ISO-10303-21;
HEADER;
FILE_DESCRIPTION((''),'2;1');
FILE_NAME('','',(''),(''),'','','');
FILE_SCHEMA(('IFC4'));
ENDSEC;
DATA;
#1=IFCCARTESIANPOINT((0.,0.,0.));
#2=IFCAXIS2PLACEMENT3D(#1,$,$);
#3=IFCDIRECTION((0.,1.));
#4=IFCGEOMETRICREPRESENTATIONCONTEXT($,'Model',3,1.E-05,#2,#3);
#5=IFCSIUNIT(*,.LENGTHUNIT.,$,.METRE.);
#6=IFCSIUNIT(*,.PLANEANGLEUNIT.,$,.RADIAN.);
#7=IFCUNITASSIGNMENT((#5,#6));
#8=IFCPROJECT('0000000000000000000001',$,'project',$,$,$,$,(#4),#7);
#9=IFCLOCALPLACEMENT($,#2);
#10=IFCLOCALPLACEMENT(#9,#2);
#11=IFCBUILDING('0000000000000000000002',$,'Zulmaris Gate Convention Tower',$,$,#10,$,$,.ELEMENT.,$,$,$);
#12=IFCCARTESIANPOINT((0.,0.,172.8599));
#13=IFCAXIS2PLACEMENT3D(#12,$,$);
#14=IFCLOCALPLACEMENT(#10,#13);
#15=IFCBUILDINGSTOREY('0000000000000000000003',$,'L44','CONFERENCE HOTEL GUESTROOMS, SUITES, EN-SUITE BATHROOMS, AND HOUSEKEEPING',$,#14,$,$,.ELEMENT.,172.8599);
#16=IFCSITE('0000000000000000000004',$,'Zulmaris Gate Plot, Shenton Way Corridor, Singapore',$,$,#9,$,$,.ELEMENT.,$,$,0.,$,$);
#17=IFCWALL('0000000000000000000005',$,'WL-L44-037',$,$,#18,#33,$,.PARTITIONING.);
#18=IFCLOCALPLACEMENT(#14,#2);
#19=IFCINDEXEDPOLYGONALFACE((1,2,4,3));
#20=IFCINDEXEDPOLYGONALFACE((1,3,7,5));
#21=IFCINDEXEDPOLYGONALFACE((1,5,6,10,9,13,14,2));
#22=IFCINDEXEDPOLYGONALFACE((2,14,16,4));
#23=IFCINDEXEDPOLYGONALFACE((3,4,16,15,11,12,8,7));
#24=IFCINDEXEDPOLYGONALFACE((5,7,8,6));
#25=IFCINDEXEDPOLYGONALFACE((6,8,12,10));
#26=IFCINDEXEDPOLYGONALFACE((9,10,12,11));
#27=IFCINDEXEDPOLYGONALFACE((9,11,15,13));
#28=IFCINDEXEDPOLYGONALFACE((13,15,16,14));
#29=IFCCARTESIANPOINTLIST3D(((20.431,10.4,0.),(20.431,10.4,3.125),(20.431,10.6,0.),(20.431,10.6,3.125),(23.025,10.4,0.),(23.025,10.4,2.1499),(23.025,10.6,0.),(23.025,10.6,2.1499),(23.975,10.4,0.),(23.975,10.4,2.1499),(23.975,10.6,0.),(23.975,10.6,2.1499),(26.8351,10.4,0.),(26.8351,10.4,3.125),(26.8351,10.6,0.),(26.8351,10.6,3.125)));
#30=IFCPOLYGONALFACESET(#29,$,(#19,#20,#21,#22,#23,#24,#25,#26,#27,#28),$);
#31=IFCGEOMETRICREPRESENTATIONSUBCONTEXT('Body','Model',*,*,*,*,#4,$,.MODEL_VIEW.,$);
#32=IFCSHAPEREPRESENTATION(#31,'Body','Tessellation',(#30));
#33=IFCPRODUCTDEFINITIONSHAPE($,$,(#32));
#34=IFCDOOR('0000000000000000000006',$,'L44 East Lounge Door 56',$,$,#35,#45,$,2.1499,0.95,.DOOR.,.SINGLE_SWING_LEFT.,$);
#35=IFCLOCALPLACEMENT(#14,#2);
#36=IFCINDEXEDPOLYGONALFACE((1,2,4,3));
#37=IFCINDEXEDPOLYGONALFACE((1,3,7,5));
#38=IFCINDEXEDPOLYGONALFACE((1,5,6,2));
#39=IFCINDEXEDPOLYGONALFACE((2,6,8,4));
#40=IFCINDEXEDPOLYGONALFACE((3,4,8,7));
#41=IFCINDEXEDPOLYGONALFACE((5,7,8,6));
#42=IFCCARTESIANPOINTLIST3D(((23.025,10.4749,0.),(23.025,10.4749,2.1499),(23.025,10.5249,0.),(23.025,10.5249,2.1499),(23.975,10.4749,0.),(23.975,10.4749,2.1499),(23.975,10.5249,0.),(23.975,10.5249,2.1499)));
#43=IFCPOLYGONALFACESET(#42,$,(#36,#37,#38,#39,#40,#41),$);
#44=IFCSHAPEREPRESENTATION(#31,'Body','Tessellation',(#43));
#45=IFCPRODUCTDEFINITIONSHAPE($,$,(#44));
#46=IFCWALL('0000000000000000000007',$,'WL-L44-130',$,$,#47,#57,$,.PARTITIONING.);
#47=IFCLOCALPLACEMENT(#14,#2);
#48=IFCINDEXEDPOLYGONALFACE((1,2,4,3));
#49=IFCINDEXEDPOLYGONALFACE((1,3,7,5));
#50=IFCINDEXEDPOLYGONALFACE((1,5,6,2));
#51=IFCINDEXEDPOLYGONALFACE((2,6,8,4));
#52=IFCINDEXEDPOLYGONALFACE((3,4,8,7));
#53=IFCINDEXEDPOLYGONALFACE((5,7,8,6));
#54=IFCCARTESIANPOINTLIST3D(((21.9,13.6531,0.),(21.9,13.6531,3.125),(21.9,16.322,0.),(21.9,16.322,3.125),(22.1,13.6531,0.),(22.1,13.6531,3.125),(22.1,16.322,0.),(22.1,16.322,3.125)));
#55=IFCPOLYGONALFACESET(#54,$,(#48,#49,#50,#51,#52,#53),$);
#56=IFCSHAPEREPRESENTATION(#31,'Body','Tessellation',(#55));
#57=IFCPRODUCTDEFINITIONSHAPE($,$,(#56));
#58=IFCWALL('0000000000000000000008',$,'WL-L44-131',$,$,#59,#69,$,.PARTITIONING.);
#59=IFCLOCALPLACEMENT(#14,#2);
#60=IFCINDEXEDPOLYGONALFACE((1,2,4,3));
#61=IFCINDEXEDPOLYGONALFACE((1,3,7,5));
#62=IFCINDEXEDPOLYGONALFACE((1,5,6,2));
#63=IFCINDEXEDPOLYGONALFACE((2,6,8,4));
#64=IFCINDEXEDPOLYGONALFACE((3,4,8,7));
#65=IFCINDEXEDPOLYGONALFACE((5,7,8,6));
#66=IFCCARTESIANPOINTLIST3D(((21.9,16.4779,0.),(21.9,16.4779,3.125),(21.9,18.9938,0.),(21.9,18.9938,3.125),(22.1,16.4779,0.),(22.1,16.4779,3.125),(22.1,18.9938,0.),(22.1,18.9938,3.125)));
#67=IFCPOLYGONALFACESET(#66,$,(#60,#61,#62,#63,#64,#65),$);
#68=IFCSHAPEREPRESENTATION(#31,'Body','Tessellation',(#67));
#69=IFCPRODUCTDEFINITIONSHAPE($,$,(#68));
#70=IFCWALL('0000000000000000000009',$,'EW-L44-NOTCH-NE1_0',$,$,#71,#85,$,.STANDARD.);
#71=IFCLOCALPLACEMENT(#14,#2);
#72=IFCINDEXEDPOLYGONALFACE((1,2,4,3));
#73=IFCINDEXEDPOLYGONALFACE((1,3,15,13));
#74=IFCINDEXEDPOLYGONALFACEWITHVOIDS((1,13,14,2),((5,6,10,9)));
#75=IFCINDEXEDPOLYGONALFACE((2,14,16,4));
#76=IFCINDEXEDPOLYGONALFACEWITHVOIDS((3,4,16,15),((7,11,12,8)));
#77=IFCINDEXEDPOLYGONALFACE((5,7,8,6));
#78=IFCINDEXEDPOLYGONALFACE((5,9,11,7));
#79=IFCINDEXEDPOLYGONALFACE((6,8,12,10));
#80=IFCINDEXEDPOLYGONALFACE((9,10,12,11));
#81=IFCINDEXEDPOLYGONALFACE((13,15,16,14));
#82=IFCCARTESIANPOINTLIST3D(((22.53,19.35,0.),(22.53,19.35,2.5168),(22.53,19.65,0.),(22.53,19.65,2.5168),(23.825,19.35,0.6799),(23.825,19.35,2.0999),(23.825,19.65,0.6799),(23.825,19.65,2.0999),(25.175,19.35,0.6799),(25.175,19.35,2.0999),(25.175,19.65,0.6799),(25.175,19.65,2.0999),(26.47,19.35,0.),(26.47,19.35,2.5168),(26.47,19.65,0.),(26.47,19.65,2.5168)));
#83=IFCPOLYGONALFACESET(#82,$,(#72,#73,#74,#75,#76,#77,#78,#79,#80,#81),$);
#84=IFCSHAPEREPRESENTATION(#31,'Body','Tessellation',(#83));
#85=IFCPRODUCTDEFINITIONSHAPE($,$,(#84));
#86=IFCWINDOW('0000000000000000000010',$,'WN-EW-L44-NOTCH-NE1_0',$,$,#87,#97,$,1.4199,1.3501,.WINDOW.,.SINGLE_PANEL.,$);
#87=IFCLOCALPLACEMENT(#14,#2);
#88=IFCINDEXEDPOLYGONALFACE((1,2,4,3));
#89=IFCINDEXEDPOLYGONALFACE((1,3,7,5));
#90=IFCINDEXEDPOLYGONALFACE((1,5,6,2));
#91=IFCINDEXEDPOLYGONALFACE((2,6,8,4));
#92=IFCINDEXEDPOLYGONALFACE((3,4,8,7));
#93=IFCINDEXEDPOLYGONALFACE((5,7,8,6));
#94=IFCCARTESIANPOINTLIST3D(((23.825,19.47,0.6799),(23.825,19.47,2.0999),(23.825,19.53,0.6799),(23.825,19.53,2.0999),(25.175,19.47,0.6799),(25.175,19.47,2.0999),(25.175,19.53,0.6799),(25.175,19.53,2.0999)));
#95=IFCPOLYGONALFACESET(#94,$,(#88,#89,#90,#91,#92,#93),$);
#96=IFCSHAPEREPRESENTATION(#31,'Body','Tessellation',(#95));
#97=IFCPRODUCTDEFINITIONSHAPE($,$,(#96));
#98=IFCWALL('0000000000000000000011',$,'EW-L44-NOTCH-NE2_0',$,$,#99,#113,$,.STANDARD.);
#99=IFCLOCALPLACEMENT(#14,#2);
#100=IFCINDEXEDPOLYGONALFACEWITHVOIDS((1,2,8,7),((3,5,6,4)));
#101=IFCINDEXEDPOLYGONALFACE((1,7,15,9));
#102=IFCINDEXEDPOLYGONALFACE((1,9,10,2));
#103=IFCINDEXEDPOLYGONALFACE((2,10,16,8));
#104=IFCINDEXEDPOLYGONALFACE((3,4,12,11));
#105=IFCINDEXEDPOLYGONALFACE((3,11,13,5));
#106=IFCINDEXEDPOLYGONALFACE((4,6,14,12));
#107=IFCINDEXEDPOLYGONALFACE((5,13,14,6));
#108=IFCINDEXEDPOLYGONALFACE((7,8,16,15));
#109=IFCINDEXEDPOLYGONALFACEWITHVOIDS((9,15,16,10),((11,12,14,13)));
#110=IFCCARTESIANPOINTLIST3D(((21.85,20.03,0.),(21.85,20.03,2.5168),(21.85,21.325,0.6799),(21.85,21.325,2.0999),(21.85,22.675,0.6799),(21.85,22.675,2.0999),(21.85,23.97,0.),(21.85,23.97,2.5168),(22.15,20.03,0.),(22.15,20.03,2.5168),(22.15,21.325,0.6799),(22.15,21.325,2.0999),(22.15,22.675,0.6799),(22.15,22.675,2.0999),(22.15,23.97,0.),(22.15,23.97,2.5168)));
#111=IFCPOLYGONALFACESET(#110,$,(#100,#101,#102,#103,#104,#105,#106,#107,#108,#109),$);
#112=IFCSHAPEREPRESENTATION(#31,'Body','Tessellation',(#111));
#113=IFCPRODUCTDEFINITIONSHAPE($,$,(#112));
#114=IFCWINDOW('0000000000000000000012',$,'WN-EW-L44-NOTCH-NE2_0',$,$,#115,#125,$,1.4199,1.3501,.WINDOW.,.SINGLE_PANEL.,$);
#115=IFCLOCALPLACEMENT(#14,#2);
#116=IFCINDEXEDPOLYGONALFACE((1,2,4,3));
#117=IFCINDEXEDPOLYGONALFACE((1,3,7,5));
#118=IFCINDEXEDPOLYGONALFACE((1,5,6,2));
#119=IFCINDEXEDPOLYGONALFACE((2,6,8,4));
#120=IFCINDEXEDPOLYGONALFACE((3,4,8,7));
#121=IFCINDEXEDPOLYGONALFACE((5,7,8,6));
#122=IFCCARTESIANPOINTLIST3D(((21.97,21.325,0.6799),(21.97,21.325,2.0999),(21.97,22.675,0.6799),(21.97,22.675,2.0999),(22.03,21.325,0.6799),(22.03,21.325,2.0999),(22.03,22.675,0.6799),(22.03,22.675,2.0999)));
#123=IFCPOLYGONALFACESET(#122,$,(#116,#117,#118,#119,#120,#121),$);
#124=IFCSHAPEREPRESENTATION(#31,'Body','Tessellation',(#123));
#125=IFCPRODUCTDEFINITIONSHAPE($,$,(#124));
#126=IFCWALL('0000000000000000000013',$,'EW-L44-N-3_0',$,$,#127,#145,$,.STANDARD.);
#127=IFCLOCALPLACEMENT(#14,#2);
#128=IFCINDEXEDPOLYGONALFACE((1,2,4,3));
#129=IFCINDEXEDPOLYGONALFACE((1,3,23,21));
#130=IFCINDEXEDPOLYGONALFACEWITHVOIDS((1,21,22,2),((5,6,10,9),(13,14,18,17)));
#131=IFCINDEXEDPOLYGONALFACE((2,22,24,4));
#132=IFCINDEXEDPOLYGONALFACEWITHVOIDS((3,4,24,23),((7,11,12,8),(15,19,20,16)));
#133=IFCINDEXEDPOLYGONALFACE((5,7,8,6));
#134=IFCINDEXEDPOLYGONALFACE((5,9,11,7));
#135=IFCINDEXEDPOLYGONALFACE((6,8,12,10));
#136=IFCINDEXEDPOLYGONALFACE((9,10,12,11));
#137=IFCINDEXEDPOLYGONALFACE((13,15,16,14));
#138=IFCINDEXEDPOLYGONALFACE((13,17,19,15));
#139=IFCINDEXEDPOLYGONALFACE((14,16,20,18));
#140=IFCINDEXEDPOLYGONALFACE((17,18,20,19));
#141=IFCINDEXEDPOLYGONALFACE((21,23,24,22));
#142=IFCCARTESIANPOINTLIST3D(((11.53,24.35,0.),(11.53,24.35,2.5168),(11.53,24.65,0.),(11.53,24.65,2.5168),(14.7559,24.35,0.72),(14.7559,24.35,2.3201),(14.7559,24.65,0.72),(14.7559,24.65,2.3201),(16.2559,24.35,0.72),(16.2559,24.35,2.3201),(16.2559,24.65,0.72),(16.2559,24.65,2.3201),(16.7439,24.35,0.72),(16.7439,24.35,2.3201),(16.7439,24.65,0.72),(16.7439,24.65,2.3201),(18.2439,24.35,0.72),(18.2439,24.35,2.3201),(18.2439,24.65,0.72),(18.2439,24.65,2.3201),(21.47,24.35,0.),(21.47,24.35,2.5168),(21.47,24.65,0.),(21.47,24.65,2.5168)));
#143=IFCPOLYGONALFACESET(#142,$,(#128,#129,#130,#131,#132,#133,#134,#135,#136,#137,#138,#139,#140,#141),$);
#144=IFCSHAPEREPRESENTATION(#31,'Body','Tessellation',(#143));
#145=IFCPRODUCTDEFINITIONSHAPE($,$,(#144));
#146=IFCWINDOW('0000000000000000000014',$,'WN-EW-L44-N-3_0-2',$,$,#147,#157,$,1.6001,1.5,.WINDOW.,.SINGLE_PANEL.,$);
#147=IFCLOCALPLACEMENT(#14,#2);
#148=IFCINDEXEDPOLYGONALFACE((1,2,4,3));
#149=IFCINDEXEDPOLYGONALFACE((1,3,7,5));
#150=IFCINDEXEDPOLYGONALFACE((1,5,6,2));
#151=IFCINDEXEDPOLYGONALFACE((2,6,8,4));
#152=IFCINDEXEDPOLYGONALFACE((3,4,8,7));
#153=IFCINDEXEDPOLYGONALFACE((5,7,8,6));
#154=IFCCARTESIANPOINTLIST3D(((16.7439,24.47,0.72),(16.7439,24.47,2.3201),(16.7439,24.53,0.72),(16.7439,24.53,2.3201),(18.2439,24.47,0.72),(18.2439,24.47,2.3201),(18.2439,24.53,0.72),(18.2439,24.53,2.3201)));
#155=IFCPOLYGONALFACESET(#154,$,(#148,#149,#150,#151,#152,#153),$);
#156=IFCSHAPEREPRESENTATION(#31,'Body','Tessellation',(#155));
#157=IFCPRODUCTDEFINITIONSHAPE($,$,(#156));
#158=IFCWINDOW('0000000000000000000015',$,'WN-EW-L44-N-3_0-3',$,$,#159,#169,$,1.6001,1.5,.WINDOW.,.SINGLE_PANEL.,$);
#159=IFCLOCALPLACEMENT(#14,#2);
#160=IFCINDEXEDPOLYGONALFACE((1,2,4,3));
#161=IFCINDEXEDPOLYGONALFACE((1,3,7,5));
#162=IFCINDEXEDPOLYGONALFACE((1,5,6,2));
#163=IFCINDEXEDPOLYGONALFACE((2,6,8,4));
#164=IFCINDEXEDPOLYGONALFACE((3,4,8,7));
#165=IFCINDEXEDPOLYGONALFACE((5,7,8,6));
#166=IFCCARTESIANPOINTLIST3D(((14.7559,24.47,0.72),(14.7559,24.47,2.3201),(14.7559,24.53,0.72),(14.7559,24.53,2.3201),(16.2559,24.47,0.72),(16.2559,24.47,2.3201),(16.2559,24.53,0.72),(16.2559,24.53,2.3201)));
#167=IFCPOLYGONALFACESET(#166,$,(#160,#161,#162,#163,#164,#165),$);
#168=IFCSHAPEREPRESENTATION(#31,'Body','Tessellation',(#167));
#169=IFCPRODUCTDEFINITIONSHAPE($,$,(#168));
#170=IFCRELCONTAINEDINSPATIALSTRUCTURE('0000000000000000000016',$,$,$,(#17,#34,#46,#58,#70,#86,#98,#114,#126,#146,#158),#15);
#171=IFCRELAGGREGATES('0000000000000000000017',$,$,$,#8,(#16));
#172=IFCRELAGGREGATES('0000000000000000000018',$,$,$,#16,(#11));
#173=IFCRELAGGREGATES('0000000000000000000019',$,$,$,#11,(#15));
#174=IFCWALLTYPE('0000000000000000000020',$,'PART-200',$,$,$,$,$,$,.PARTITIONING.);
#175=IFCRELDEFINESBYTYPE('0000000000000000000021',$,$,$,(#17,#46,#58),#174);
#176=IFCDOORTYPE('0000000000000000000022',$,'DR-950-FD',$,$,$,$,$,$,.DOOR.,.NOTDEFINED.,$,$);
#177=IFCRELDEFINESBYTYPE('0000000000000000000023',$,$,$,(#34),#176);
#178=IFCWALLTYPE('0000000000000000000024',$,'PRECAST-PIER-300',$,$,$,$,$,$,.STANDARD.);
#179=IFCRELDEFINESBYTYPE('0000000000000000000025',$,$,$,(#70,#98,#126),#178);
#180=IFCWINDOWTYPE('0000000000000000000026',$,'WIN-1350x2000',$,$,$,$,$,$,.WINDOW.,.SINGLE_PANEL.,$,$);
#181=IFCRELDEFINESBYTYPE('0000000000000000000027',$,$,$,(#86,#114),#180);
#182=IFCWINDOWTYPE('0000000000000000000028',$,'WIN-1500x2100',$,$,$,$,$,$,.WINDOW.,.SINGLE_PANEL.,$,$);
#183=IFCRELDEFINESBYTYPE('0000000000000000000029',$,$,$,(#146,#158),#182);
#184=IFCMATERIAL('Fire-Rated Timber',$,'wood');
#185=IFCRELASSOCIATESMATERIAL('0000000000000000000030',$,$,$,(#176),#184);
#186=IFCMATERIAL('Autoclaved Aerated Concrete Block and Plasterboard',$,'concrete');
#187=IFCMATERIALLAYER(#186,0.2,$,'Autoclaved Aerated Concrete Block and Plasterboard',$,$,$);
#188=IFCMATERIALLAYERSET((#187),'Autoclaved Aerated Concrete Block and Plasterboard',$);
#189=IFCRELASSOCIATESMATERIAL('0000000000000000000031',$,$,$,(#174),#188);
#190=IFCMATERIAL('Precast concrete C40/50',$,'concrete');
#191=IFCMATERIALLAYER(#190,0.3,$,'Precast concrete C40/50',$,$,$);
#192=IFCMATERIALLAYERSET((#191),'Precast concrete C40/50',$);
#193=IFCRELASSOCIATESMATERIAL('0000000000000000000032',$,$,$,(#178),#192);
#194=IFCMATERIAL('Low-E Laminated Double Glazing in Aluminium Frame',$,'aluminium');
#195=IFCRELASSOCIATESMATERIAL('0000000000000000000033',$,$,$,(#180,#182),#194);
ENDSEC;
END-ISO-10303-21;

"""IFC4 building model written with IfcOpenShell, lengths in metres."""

from ifc_helpers import new_model, si_unit, direction, frame, frame_2d, origin, place, context, subcontext, project, spatial, rectangle, extrude, material, layer, layer_set, type_object, element, fill, save


model = new_model("IFC4")

# Units and contexts
model_context = context("Model", 3, precision=1e-05, world=origin(), true_north=direction((0.0, 1.0)))
body_context = subcontext(model_context, "Body", "Model", "MODEL_VIEW")
ifc_project = project(units=[si_unit("LENGTHUNIT", "METRE"), si_unit("PLANEANGLEUNIT", "RADIAN")], contexts=[model_context])

# Site, building, storey
site_placement = place(None, origin())
site = spatial("IfcSite", under=ifc_project, at=site_placement, Name="Zulmaris Gate Plot, Shenton Way Corridor, Singapore", CompositionType="ELEMENT", RefElevation=0.0)
building_placement = place(site_placement, origin())
building = spatial("IfcBuilding", under=site, at=building_placement, Name="Zulmaris Gate Convention Tower", CompositionType="ELEMENT")
storey_placement = place(building_placement, frame((0.0, 0.0, 172.8599)))
storey = spatial("IfcBuildingStorey", under=building, at=storey_placement, Name="L44", Description="CONFERENCE HOTEL GUESTROOMS, SUITES, EN-SUITE BATHROOMS, AND HOUSEKEEPING", CompositionType="ELEMENT", Elevation=172.8599)

# Wall, opening, door
ifc_material_1 = material(Name="Fire-Rated Timber", Category="wood")
door_type_1 = type_object("IfcDoorType", Name="DR-950-FD", OperationType="NOTDEFINED", PredefinedType="DOOR", material=ifc_material_1)
ifc_material_2 = material(Name="Autoclaved Aerated Concrete Block and Plasterboard", Category="concrete")
ifc_layer_1 = layer(ifc_material_2, 0.2, Name="Autoclaved Aerated Concrete Block and Plasterboard")
ifc_layer_set_1 = layer_set([ifc_layer_1], Name="Autoclaved Aerated Concrete Block and Plasterboard")
wall_type_1 = type_object("IfcWallType", Name="PART-200", PredefinedType="PARTITIONING", material=ifc_layer_set_1)
wall_1_placement = place(storey_placement, frame((20.4309, 10.5, 0.0), z_axis=(0.0, 0.0, 1.0), x_axis=(1.0, 0.0, 0.0)))
wall_1 = element("IfcWall", 1, at=wall_1_placement, inside=storey, type_object=wall_type_1, Name="WL-L44-037", PredefinedType="PARTITIONING", context=body_context, shape_type="SweptSolid", body=[
    extrude(rectangle(XDim=6.4041, YDim=0.2, at=frame_2d((3.2021, 0.0))), origin(), (0.0, 0.0, 1.0), 3.125),
])
opening_1_placement = place(wall_1_placement, frame((2.594, 0.0, 0.0)))
opening_1 = element("IfcOpeningElement", 2, at=opening_1_placement, cuts=wall_1, PredefinedType="OPENING", context=body_context, shape_type="SweptSolid", body=[
    extrude(rectangle(XDim=0.95, YDim=2.1499, at=frame_2d((0.4751, 1.075))), frame((0.0, 0.1099, 0.0), z_axis=(0.0, -1.0, 0.0), x_axis=(1.0, 0.0, 0.0)), (0.0, 0.0, 1.0), 0.22),
])
door_1_placement = place(opening_1_placement, origin())
door_1 = element("IfcDoor", 3, at=door_1_placement, inside=storey, type_object=door_type_1, Name="L44 East Lounge Door 56", OperationType="SINGLE_SWING_LEFT", OverallHeight=2.1499, OverallWidth=0.95, PredefinedType="DOOR", context=body_context, shape_type="SweptSolid", body=[
    extrude(rectangle(XDim=0.95, YDim=2.1499, at=frame_2d((0.4751, 1.075))), frame((0.0, 0.0249, 0.0), z_axis=(0.0, -1.0, 0.0), x_axis=(1.0, 0.0, 0.0)), (0.0, 0.0, 1.0), 0.05),
])
fill(opening_1, door_1)

# Walls
wall_2_placement = place(storey_placement, frame((22.0, 13.6531, 0.0), z_axis=(0.0, 0.0, 1.0), x_axis=(0.0, 1.0, 0.0)))
element("IfcWall", 4, at=wall_2_placement, inside=storey, type_object=wall_type_1, Name="WL-L44-130", PredefinedType="PARTITIONING", context=body_context, shape_type="SweptSolid", body=[
    extrude(rectangle(XDim=2.6689, YDim=0.2, at=frame_2d((1.3345, 0.0))), origin(), (0.0, 0.0, 1.0), 3.125),
])
wall_3_placement = place(storey_placement, frame((22.0, 16.478, 0.0), z_axis=(0.0, 0.0, 1.0), x_axis=(0.0, 1.0, 0.0)))
element("IfcWall", 5, at=wall_3_placement, inside=storey, type_object=wall_type_1, Name="WL-L44-131", PredefinedType="PARTITIONING", context=body_context, shape_type="SweptSolid", body=[
    extrude(rectangle(XDim=2.5159, YDim=0.2, at=frame_2d((1.2578, 0.0))), origin(), (0.0, 0.0, 1.0), 3.125),
])

# Walls, openings, windows
ifc_material_3 = material(Name="Precast concrete C40/50", Category="concrete")
ifc_layer_2 = layer(ifc_material_3, 0.3, Name="Precast concrete C40/50")
ifc_layer_set_2 = layer_set([ifc_layer_2], Name="Precast concrete C40/50")
wall_type_2 = type_object("IfcWallType", Name="PRECAST-PIER-300", PredefinedType="STANDARD", material=ifc_layer_set_2)
wall_4_placement = place(storey_placement, frame((26.47, 19.5, 0.0), z_axis=(0.0, 0.0, 1.0), x_axis=(-1.0, 0.0, 0.0)))
wall_4 = element("IfcWall", 6, at=wall_4_placement, inside=storey, type_object=wall_type_2, Name="EW-L44-NOTCH-NE1_0", PredefinedType="STANDARD", context=body_context, shape_type="SweptSolid", body=[
    extrude(rectangle(XDim=3.9399, YDim=0.3, at=frame_2d((1.97, 0.0))), origin(), (0.0, 0.0, 1.0), 2.5168),
])
opening_2_placement = place(wall_4_placement, frame((1.2949, 0.0, 0.6799)))
opening_2 = element("IfcOpeningElement", 7, at=opening_2_placement, cuts=wall_4, PredefinedType="OPENING", context=body_context, shape_type="SweptSolid", body=[
    extrude(rectangle(XDim=1.3501, YDim=1.4199, at=frame_2d((0.675, 0.71))), frame((0.0, 0.1602, 0.0), z_axis=(0.0, -1.0, 0.0), x_axis=(1.0, 0.0, 0.0)), (0.0, 0.0, 1.0), 0.3201),
])
ifc_material_4 = material(Name="Low-E Laminated Double Glazing in Aluminium Frame", Category="aluminium")
window_type_1 = type_object("IfcWindowType", Name="WIN-1350x2000", PartitioningType="SINGLE_PANEL", PredefinedType="WINDOW", material=ifc_material_4)
window_1_placement = place(opening_2_placement, origin())
window_1 = element("IfcWindow", 8, at=window_1_placement, inside=storey, type_object=window_type_1, Name="WN-EW-L44-NOTCH-NE1_0", OverallHeight=1.4199, OverallWidth=1.3501, PartitioningType="SINGLE_PANEL", PredefinedType="WINDOW", context=body_context, shape_type="SweptSolid", body=[
    extrude(rectangle(XDim=1.3501, YDim=1.4199, at=frame_2d((0.675, 0.71))), frame((0.0, 0.03, 0.0), z_axis=(0.0, -1.0, 0.0), x_axis=(1.0, 0.0, 0.0)), (0.0, 0.0, 1.0), 0.0601),
])
fill(opening_2, window_1)
wall_5_placement = place(storey_placement, frame((22.0, 20.03, 0.0), z_axis=(0.0, 0.0, 1.0), x_axis=(0.0, 1.0, 0.0)))
wall_5 = element("IfcWall", 9, at=wall_5_placement, inside=storey, type_object=wall_type_2, Name="EW-L44-NOTCH-NE2_0", PredefinedType="STANDARD", context=body_context, shape_type="SweptSolid", body=[
    extrude(rectangle(XDim=3.9399, YDim=0.3, at=frame_2d((1.97, 0.0))), origin(), (0.0, 0.0, 1.0), 2.5168),
])
opening_3_placement = place(wall_5_placement, frame((1.2949, 0.0, 0.6799)))
opening_3 = element("IfcOpeningElement", 10, at=opening_3_placement, cuts=wall_5, PredefinedType="OPENING", context=body_context, shape_type="SweptSolid", body=[
    extrude(rectangle(XDim=1.3501, YDim=1.4199, at=frame_2d((0.675, 0.71))), frame((0.0, 0.1602, 0.0), z_axis=(0.0, -1.0, 0.0), x_axis=(1.0, 0.0, 0.0)), (0.0, 0.0, 1.0), 0.3201),
])
window_2_placement = place(opening_3_placement, origin())
window_2 = element("IfcWindow", 11, at=window_2_placement, inside=storey, type_object=window_type_1, Name="WN-EW-L44-NOTCH-NE2_0", OverallHeight=1.4199, OverallWidth=1.3501, PartitioningType="SINGLE_PANEL", PredefinedType="WINDOW", context=body_context, shape_type="SweptSolid", body=[
    extrude(rectangle(XDim=1.3501, YDim=1.4199, at=frame_2d((0.675, 0.71))), frame((0.0, 0.03, 0.0), z_axis=(0.0, -1.0, 0.0), x_axis=(1.0, 0.0, 0.0)), (0.0, 0.0, 1.0), 0.0601),
])
fill(opening_3, window_2)

# Wall, openings, windows
wall_6_placement = place(storey_placement, frame((21.47, 24.5, 0.0), z_axis=(0.0, 0.0, 1.0), x_axis=(-1.0, 0.0, 0.0)))
wall_6 = element("IfcWall", 12, at=wall_6_placement, inside=storey, type_object=wall_type_2, Name="EW-L44-N-3_0", PredefinedType="STANDARD", context=body_context, shape_type="SweptSolid", body=[
    extrude(rectangle(XDim=9.9399, YDim=0.3, at=frame_2d((4.97, 0.0))), origin(), (0.0, 0.0, 1.0), 2.5168),
])
opening_4_placement = place(wall_6_placement, frame((3.2261, 0.0, 0.72)))
opening_4 = element("IfcOpeningElement", 13, at=opening_4_placement, cuts=wall_6, PredefinedType="OPENING", context=body_context, shape_type="SweptSolid", body=[
    extrude(rectangle(XDim=1.5, YDim=1.6001, at=frame_2d((0.75, 0.8))), frame((0.0, 0.1602, 0.0), z_axis=(0.0, -1.0, 0.0), x_axis=(1.0, 0.0, 0.0)), (0.0, 0.0, 1.0), 0.3201),
])
opening_5_placement = place(wall_6_placement, frame((5.2141, 0.0, 0.72)))
opening_5 = element("IfcOpeningElement", 14, at=opening_5_placement, cuts=wall_6, PredefinedType="OPENING", context=body_context, shape_type="SweptSolid", body=[
    extrude(rectangle(XDim=1.5, YDim=1.6001, at=frame_2d((0.75, 0.8))), frame((0.0, 0.1602, 0.0), z_axis=(0.0, -1.0, 0.0), x_axis=(1.0, 0.0, 0.0)), (0.0, 0.0, 1.0), 0.3201),
])
window_type_2 = type_object("IfcWindowType", Name="WIN-1500x2100", PartitioningType="SINGLE_PANEL", PredefinedType="WINDOW", material=ifc_material_4)
window_3_placement = place(opening_4_placement, origin())
window_3 = element("IfcWindow", 15, at=window_3_placement, inside=storey, type_object=window_type_2, Name="WN-EW-L44-N-3_0-2", OverallHeight=1.6001, OverallWidth=1.5, PartitioningType="SINGLE_PANEL", PredefinedType="WINDOW", context=body_context, shape_type="SweptSolid", body=[
    extrude(rectangle(XDim=1.5, YDim=1.6001, at=frame_2d((0.75, 0.8))), frame((0.0, 0.03, 0.0), z_axis=(0.0, -1.0, 0.0), x_axis=(1.0, 0.0, 0.0)), (0.0, 0.0, 1.0), 0.0601),
])
fill(opening_4, window_3)
window_4_placement = place(opening_5_placement, origin())
window_4 = element("IfcWindow", 16, at=window_4_placement, inside=storey, type_object=window_type_2, Name="WN-EW-L44-N-3_0-3", OverallHeight=1.6001, OverallWidth=1.5, PartitioningType="SINGLE_PANEL", PredefinedType="WINDOW", context=body_context, shape_type="SweptSolid", body=[
    extrude(rectangle(XDim=1.5, YDim=1.6001, at=frame_2d((0.75, 0.8))), frame((0.0, 0.03, 0.0), z_axis=(0.0, -1.0, 0.0), x_axis=(1.0, 0.0, 0.0)), (0.0, 0.0, 1.0), 0.0601),
])
fill(opening_5, window_4)

save(model, "model.ifc")
